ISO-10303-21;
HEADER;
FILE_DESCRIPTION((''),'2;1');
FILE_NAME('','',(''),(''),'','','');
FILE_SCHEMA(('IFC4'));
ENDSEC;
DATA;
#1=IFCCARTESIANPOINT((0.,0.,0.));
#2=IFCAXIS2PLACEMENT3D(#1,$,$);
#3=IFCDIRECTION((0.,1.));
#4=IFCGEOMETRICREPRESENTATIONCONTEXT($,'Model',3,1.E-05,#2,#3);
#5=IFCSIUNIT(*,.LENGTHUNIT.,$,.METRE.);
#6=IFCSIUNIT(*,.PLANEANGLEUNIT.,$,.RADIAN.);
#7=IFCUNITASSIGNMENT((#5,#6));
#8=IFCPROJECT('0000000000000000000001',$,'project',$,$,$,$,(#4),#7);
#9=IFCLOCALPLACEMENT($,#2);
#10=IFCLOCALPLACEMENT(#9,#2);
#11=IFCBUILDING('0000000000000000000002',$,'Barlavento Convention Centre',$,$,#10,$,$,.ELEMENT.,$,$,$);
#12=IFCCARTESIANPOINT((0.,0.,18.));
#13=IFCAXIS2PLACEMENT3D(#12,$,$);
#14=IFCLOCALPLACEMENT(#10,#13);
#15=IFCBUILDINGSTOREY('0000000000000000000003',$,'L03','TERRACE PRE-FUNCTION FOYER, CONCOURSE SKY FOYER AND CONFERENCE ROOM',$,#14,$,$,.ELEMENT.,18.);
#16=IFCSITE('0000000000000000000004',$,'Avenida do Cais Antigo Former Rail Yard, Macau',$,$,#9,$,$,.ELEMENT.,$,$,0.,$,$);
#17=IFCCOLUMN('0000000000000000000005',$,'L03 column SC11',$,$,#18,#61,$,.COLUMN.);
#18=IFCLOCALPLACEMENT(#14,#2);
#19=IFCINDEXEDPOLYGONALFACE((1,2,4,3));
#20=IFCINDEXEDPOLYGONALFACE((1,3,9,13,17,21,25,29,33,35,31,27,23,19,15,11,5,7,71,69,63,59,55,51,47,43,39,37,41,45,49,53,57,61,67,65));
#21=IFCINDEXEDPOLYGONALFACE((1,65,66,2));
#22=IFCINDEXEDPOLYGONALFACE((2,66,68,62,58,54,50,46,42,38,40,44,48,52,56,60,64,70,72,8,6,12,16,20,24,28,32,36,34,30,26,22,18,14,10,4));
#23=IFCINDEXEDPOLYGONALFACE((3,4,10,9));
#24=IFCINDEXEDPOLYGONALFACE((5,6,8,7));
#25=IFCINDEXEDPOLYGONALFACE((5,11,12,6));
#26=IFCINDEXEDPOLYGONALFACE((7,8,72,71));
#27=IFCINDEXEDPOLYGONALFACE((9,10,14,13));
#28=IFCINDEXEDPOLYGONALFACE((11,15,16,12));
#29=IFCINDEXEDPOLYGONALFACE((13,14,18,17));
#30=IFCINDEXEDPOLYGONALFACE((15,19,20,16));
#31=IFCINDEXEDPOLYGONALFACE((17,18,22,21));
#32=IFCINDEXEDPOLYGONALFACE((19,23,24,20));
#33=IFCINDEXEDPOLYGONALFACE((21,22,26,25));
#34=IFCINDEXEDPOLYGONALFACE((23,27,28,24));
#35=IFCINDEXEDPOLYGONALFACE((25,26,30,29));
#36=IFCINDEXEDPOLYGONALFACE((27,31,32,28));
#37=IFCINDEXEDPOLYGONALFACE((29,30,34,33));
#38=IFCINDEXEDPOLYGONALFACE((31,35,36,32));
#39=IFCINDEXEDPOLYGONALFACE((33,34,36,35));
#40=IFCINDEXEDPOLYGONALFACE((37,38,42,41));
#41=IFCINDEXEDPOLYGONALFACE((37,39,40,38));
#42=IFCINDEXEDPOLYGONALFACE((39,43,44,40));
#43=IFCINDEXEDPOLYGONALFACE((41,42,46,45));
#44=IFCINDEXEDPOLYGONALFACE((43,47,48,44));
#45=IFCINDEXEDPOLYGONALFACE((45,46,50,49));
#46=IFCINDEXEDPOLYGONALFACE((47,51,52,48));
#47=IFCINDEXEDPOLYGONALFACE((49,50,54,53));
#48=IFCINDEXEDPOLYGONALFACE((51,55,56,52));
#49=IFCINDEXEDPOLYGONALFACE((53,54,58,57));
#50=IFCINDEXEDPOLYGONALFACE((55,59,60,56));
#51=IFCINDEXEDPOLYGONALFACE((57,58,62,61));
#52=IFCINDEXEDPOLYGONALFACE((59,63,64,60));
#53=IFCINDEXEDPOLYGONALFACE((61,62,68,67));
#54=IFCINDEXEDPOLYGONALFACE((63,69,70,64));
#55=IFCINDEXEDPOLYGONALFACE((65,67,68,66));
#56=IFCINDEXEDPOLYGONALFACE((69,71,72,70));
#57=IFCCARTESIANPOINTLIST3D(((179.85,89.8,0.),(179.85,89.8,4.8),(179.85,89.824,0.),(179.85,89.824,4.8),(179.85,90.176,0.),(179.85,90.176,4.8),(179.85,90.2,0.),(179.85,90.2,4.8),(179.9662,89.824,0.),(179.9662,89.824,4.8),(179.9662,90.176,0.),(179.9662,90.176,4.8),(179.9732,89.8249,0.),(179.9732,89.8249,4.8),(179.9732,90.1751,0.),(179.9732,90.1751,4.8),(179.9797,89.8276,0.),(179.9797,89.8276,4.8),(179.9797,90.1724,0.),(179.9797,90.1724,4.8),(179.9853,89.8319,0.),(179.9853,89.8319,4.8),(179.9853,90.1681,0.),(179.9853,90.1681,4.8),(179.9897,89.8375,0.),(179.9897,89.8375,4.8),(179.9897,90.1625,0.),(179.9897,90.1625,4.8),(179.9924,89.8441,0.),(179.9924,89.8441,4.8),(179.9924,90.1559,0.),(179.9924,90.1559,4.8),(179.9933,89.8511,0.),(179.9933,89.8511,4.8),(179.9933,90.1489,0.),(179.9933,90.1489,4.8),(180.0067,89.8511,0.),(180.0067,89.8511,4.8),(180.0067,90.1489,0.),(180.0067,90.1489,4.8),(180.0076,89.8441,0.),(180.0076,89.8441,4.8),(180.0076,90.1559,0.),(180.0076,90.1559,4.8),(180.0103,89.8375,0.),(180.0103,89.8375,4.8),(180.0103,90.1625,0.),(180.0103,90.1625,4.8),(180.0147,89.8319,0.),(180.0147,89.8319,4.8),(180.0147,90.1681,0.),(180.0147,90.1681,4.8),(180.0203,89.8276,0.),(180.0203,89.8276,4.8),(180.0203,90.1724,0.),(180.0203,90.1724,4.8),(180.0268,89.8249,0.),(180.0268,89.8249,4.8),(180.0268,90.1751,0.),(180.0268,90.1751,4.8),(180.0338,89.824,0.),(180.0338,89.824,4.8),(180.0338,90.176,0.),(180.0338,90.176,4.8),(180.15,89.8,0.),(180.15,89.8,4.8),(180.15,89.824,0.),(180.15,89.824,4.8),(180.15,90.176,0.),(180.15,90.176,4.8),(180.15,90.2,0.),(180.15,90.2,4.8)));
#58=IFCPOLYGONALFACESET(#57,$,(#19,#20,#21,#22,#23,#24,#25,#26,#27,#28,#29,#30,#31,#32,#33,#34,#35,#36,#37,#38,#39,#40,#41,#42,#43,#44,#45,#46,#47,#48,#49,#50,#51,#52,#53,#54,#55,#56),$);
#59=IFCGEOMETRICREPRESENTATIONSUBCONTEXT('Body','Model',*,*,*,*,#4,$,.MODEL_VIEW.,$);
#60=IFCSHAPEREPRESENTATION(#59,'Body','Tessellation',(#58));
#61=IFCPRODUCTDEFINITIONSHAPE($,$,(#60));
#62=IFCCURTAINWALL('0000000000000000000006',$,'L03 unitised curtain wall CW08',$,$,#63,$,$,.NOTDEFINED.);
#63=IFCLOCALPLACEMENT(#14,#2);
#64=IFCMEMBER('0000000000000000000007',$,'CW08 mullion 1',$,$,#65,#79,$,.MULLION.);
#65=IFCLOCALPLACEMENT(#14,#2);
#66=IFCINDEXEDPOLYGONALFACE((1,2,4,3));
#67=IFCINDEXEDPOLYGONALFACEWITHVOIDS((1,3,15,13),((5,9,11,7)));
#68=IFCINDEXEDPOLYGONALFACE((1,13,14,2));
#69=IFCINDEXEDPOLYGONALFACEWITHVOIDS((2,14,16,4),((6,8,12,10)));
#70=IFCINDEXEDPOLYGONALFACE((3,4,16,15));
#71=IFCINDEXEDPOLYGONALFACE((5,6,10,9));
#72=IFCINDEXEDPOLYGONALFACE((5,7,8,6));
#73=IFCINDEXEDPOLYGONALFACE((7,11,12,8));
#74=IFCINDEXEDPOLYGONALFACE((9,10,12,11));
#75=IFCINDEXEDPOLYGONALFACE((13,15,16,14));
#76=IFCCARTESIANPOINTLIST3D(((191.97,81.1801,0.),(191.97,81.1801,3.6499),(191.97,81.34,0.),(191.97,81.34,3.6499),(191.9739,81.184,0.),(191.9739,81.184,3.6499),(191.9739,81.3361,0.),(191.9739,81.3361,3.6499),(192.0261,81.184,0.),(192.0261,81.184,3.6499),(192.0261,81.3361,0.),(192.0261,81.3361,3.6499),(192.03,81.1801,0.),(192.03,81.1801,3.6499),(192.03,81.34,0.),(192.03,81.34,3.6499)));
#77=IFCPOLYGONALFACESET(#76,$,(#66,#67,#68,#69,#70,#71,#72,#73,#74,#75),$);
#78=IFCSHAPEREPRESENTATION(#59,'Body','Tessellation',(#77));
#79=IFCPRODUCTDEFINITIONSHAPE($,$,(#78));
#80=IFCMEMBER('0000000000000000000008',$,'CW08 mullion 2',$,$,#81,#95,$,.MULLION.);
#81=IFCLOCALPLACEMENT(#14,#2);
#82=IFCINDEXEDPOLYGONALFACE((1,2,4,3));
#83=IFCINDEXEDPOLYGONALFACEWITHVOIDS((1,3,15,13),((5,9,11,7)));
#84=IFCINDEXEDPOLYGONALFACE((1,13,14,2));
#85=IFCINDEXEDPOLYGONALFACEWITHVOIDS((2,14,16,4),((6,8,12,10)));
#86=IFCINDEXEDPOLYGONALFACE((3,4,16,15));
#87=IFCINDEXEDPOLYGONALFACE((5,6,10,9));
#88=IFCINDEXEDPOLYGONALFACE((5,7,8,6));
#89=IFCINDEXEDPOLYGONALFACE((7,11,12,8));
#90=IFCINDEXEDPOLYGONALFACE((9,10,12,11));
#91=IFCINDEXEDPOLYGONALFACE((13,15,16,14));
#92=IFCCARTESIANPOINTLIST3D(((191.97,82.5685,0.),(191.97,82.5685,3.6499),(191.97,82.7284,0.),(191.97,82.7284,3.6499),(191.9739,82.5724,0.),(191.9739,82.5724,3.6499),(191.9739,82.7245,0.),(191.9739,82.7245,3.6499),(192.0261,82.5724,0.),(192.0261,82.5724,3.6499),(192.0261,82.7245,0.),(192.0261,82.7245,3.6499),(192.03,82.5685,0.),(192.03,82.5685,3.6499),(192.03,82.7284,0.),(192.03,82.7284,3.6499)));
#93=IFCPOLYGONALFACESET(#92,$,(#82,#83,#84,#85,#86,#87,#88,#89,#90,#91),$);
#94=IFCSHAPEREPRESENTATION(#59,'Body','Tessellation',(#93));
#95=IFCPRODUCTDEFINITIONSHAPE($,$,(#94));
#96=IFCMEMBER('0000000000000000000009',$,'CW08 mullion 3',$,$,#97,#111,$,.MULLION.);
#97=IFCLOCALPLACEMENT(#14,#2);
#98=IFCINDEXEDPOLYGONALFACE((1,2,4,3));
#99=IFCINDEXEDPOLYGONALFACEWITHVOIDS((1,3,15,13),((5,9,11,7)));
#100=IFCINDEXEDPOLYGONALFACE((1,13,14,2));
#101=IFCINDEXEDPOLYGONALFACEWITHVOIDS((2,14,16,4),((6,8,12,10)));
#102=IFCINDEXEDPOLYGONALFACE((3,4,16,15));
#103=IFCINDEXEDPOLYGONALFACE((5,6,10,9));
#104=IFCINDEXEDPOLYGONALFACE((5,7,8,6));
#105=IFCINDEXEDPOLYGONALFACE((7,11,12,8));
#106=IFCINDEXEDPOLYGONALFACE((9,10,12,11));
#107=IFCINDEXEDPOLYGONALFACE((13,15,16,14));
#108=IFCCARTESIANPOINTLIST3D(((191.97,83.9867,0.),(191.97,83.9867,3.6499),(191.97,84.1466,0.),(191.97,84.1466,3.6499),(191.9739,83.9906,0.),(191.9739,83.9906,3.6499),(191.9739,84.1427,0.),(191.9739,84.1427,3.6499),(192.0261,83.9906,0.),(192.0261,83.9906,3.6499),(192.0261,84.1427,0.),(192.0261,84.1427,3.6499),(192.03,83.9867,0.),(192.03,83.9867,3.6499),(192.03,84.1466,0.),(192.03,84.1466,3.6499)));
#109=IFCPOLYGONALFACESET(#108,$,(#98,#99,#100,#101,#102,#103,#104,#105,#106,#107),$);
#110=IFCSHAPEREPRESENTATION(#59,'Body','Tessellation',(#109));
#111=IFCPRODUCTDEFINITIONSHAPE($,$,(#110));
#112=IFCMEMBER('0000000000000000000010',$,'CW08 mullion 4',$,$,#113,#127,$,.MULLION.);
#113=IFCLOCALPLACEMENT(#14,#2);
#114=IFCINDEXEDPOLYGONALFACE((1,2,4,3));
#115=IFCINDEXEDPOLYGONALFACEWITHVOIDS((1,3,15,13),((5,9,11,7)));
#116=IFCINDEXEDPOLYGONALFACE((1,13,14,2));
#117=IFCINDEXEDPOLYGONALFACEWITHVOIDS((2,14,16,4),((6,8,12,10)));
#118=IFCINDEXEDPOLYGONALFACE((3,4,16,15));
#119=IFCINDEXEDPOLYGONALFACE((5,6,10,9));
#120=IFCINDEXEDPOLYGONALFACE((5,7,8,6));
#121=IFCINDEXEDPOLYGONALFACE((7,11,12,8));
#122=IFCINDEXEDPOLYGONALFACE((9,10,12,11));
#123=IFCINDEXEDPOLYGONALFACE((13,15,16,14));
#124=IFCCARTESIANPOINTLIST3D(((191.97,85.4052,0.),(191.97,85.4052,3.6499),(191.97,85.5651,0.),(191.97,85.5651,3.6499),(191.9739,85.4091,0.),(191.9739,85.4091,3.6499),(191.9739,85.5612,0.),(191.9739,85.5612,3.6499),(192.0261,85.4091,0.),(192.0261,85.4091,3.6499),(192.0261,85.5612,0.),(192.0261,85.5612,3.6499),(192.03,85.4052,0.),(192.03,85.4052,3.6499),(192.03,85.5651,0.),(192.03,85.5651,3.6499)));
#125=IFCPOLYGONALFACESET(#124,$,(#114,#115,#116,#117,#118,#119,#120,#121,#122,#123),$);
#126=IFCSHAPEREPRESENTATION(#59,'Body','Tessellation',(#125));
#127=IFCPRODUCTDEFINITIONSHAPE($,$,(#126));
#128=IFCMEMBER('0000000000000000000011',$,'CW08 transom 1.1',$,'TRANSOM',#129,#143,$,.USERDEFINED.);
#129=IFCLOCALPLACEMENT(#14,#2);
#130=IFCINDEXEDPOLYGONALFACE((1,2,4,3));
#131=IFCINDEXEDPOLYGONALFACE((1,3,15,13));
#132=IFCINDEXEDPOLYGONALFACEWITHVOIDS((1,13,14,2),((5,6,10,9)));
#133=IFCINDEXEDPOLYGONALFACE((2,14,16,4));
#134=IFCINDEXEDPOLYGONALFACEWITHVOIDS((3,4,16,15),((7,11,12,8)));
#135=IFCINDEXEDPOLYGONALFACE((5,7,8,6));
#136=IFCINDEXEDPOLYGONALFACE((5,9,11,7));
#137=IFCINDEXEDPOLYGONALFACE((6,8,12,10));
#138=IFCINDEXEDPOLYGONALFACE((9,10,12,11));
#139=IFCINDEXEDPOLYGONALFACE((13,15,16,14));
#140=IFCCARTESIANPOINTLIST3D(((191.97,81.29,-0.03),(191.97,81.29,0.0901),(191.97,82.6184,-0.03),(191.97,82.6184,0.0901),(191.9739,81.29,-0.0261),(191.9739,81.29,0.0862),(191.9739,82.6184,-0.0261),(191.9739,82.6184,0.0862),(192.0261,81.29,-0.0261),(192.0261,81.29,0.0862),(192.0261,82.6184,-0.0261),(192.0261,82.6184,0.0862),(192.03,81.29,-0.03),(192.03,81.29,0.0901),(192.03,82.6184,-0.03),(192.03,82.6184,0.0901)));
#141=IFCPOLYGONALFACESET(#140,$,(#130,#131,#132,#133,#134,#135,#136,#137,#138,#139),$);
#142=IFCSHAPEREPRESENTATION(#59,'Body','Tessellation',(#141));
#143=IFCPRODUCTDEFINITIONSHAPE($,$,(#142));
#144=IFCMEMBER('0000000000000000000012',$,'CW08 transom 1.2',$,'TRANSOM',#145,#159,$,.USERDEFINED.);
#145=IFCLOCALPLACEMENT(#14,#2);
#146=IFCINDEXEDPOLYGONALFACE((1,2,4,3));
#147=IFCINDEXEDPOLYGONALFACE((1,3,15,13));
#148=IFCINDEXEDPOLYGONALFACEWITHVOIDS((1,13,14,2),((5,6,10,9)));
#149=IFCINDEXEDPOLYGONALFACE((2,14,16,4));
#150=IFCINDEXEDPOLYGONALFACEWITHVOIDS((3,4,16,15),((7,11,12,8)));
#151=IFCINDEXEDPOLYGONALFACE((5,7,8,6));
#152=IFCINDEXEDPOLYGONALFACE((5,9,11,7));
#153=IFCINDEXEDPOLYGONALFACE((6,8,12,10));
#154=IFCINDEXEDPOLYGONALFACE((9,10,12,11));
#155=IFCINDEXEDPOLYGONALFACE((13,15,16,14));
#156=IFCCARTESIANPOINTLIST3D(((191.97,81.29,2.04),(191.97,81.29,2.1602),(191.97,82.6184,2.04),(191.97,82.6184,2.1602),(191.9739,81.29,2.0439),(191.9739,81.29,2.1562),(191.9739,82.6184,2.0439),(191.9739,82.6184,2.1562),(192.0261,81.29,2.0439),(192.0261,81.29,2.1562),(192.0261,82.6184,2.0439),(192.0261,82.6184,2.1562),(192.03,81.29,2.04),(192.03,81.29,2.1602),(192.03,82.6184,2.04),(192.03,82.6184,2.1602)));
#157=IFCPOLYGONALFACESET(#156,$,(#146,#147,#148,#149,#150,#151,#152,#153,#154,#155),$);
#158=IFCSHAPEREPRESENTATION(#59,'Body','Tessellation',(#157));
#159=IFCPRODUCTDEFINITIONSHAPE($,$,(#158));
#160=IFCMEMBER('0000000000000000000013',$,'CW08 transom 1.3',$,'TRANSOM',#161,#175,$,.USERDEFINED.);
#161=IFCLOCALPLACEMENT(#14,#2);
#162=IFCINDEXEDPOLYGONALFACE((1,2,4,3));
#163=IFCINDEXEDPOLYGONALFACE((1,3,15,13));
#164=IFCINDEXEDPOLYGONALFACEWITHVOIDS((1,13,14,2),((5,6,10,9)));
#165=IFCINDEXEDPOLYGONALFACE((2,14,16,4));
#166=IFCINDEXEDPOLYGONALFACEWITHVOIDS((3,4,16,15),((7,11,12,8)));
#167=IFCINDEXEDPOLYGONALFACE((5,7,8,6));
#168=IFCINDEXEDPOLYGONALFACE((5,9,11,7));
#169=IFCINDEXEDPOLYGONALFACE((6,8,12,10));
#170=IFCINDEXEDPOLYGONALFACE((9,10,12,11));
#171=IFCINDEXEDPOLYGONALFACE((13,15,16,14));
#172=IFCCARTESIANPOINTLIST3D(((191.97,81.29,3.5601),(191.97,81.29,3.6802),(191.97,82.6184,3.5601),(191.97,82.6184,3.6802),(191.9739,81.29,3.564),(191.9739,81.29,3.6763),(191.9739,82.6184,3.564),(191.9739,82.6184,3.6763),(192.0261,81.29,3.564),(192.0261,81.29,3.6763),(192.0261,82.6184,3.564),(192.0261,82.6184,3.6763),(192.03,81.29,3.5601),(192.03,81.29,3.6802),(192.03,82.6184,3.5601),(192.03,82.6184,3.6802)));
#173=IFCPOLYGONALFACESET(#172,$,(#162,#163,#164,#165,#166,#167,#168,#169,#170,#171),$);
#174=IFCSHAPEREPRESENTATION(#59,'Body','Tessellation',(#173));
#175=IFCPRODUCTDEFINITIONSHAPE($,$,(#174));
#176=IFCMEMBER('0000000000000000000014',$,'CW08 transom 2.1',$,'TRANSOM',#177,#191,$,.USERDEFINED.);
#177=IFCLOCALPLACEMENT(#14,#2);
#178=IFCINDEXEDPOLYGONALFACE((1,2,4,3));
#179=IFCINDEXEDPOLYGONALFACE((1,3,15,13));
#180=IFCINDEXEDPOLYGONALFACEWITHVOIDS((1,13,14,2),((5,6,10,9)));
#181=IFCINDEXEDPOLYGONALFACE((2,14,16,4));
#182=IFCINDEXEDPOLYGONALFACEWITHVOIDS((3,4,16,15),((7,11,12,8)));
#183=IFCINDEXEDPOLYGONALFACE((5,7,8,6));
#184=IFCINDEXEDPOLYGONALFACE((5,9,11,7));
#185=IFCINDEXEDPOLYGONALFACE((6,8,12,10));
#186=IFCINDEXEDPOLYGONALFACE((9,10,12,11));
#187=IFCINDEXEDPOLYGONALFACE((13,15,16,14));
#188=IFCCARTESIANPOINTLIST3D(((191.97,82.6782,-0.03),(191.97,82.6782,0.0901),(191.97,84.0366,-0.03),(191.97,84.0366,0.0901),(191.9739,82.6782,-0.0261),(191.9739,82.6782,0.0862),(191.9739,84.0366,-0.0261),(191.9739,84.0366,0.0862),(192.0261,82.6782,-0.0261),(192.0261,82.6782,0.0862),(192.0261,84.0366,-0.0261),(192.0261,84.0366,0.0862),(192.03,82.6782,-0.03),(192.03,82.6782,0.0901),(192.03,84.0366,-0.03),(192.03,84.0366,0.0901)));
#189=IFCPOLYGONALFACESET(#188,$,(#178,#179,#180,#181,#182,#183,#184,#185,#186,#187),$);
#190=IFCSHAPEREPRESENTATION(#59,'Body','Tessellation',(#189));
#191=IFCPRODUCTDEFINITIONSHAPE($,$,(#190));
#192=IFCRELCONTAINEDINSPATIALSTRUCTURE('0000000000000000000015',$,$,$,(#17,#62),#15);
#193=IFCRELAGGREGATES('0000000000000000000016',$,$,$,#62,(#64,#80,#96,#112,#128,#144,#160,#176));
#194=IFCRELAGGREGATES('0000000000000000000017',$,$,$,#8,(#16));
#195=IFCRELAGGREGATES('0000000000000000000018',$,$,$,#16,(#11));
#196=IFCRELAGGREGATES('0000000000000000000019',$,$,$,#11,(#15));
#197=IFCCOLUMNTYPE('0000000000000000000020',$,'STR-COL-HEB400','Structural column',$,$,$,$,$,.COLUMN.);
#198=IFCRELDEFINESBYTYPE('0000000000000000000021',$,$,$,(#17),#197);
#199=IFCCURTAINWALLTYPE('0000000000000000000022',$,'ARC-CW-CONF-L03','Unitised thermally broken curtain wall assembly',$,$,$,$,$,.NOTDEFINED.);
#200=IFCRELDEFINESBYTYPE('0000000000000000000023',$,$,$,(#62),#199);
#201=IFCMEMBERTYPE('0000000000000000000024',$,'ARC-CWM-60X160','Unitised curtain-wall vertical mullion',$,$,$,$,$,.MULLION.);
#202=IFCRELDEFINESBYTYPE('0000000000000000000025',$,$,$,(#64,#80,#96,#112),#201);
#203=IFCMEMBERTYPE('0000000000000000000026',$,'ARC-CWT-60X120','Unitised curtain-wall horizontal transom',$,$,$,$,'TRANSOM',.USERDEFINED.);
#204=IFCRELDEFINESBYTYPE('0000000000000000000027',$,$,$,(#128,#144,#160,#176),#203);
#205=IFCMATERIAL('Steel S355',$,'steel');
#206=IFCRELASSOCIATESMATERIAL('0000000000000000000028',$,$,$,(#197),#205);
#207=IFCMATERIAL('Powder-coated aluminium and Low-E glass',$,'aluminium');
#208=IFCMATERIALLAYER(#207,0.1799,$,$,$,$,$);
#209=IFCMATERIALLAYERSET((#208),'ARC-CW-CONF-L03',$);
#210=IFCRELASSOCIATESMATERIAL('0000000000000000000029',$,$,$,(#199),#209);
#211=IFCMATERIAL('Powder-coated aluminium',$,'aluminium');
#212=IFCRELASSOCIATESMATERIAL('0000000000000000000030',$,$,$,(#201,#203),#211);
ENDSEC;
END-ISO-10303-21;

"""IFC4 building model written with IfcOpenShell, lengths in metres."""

from ifc_helpers import new_model, si_unit, direction, frame, origin, origin_2d, place, context, subcontext, project, spatial, hollow_rectangle, i_section, extrude, material, layer, layer_set, material_profile, profile_set, type_object, element, aggregate, save


model = new_model("IFC4")

# Units and contexts
model_context = context("Model", 3, precision=1e-05, world=origin(), true_north=direction((0.0, 1.0)))
body_context = subcontext(model_context, "Body", "Model", "MODEL_VIEW")
ifc_project = project(units=[si_unit("LENGTHUNIT", "METRE"), si_unit("PLANEANGLEUNIT", "RADIAN")], contexts=[model_context])

# Site, building, storey
site_placement = place(None, origin())
site = spatial("IfcSite", under=ifc_project, at=site_placement, Name="Avenida do Cais Antigo Former Rail Yard, Macau", CompositionType="ELEMENT", RefElevation=0.0)
building_placement = place(site_placement, origin())
building = spatial("IfcBuilding", under=site, at=building_placement, Name="Barlavento Convention Centre", CompositionType="ELEMENT")
storey_placement = place(building_placement, frame((0.0, 0.0, 18.0)))
storey = spatial("IfcBuildingStorey", under=building, at=storey_placement, Name="L03", Description="TERRACE PRE-FUNCTION FOYER, CONCOURSE SKY FOYER AND CONFERENCE ROOM", CompositionType="ELEMENT", Elevation=18.0)

# Column
ifc_material_1 = material(Name="Steel S355", Category="steel")
ifc_material_profile_1 = material_profile(ifc_material_1, i_section(OverallWidth=0.3, OverallDepth=0.3999, WebThickness=0.0134, FlangeThickness=0.0239, FilletRadius=0.0271, at=origin_2d()), Name="HEB 400")
ifc_profile_set_1 = profile_set([ifc_material_profile_1], Name="Steel S355")
column_type = type_object("IfcColumnType", Name="STR-COL-HEB400", Description="Structural column", PredefinedType="COLUMN", material=ifc_profile_set_1)
column_placement = place(storey_placement, frame((180.0, 90.0, 0.0), z_axis=(0.0, 0.0, 1.0), x_axis=(1.0, 0.0, 0.0)))
element("IfcColumn", 1, at=column_placement, inside=storey, type_object=column_type, Name="L03 column SC11", PredefinedType="COLUMN", context=body_context, shape_type="SweptSolid", body=[
    extrude(i_section(OverallWidth=0.3, OverallDepth=0.3999, WebThickness=0.0134, FlangeThickness=0.0239, FilletRadius=0.0271, at=origin_2d()), origin(), (0.0, 0.0, 1.0), 4.8),
])

# Curtain wall, members
ifc_material_2 = material(Name="Powder-coated aluminium and Low-E glass", Category="aluminium")
ifc_layer_1 = layer(ifc_material_2, 0.1799)
ifc_layer_set_1 = layer_set([ifc_layer_1], Name="ARC-CW-CONF-L03")
curtain_wall_type = type_object("IfcCurtainWallType", Name="ARC-CW-CONF-L03", Description="Unitised thermally broken curtain wall assembly", PredefinedType="NOTDEFINED", material=ifc_layer_set_1)
curtain_wall_placement = place(storey_placement, origin())
curtain_wall = element("IfcCurtainWall", 2, at=curtain_wall_placement, inside=storey, type_object=curtain_wall_type, Name="L03 unitised curtain wall CW08", PredefinedType="NOTDEFINED")
ifc_material_3 = material(Name="Powder-coated aluminium", Category="aluminium")
ifc_material_profile_2 = material_profile(ifc_material_3, hollow_rectangle(XDim=0.0601, YDim=0.1599, WallThickness=0.0039, at=origin_2d()), Name="AL-MULL 60x160x4")
ifc_profile_set_2 = profile_set([ifc_material_profile_2], Name="Powder-coated aluminium")
member_type_1 = type_object("IfcMemberType", Name="ARC-CWM-60X160", Description="Unitised curtain-wall vertical mullion", PredefinedType="MULLION", material=ifc_profile_set_2)
member_1_placement = place(storey_placement, frame((192.0, 81.26, 0.0), z_axis=(0.0, 0.0, 1.0), x_axis=(-1.0, 0.0, 0.0)))
member_1 = element("IfcMember", 3, at=member_1_placement, type_object=member_type_1, Name="CW08 mullion 1", PredefinedType="MULLION", context=body_context, shape_type="SweptSolid", body=[
    extrude(hollow_rectangle(XDim=0.0601, YDim=0.1599, WallThickness=0.0039, at=origin_2d()), origin(), (0.0, 0.0, 1.0), 3.6499),
])
member_2_placement = place(storey_placement, frame((192.0, 82.6484, 0.0), z_axis=(0.0, 0.0, 1.0), x_axis=(-1.0, 0.0, 0.0)))
member_2 = element("IfcMember", 4, at=member_2_placement, type_object=member_type_1, Name="CW08 mullion 2", PredefinedType="MULLION", context=body_context, shape_type="SweptSolid", body=[
    extrude(hollow_rectangle(XDim=0.0601, YDim=0.1599, WallThickness=0.0039, at=origin_2d()), origin(), (0.0, 0.0, 1.0), 3.6499),
])
member_3_placement = place(storey_placement, frame((192.0, 84.0667, 0.0), z_axis=(0.0, 0.0, 1.0), x_axis=(-1.0, 0.0, 0.0)))
member_3 = element("IfcMember", 5, at=member_3_placement, type_object=member_type_1, Name="CW08 mullion 3", PredefinedType="MULLION", context=body_context, shape_type="SweptSolid", body=[
    extrude(hollow_rectangle(XDim=0.0601, YDim=0.1599, WallThickness=0.0039, at=origin_2d()), origin(), (0.0, 0.0, 1.0), 3.6499),
])
member_4_placement = place(storey_placement, frame((192.0, 85.4851, 0.0), z_axis=(0.0, 0.0, 1.0), x_axis=(-1.0, 0.0, 0.0)))
member_4 = element("IfcMember", 6, at=member_4_placement, type_object=member_type_1, Name="CW08 mullion 4", PredefinedType="MULLION", context=body_context, shape_type="SweptSolid", body=[
    extrude(hollow_rectangle(XDim=0.0601, YDim=0.1599, WallThickness=0.0039, at=origin_2d()), origin(), (0.0, 0.0, 1.0), 3.6499),
])
ifc_material_profile_3 = material_profile(ifc_material_3, hollow_rectangle(XDim=0.0601, YDim=0.1201, WallThickness=0.0039, at=origin_2d()), Name="AL-TRAN 60x120x4")
ifc_profile_set_3 = profile_set([ifc_material_profile_3], Name="Powder-coated aluminium")
member_type_2 = type_object("IfcMemberType", Name="ARC-CWT-60X120", Description="Unitised curtain-wall horizontal transom", ElementType="TRANSOM", PredefinedType="USERDEFINED", material=ifc_profile_set_3)
member_5_placement = place(storey_placement, frame((192.0, 81.29, 0.03), z_axis=(0.0, 1.0, 0.0), x_axis=(-1.0, 0.0, 0.0)))
member_5 = element("IfcMember", 7, at=member_5_placement, type_object=member_type_2, Name="CW08 transom 1.1", ObjectType="TRANSOM", PredefinedType="USERDEFINED", context=body_context, shape_type="SweptSolid", body=[
    extrude(hollow_rectangle(XDim=0.0601, YDim=0.1201, WallThickness=0.0039, at=origin_2d()), origin(), (0.0, 0.0, 1.0), 1.3284),
])
member_6_placement = place(storey_placement, frame((192.0, 81.29, 2.1001), z_axis=(0.0, 1.0, 0.0), x_axis=(-1.0, 0.0, 0.0)))
member_6 = element("IfcMember", 8, at=member_6_placement, type_object=member_type_2, Name="CW08 transom 1.2", ObjectType="TRANSOM", PredefinedType="USERDEFINED", context=body_context, shape_type="SweptSolid", body=[
    extrude(hollow_rectangle(XDim=0.0601, YDim=0.1201, WallThickness=0.0039, at=origin_2d()), origin(), (0.0, 0.0, 1.0), 1.3284),
])
member_7_placement = place(storey_placement, frame((192.0, 81.29, 3.6201), z_axis=(0.0, 1.0, 0.0), x_axis=(-1.0, 0.0, 0.0)))
member_7 = element("IfcMember", 9, at=member_7_placement, type_object=member_type_2, Name="CW08 transom 1.3", ObjectType="TRANSOM", PredefinedType="USERDEFINED", context=body_context, shape_type="SweptSolid", body=[
    extrude(hollow_rectangle(XDim=0.0601, YDim=0.1201, WallThickness=0.0039, at=origin_2d()), origin(), (0.0, 0.0, 1.0), 1.3284),
])
member_8_placement = place(storey_placement, frame((192.0, 82.6782, 0.03), z_axis=(0.0, 1.0, 0.0), x_axis=(-1.0, 0.0, 0.0)))
member_8 = element("IfcMember", 10, at=member_8_placement, type_object=member_type_2, Name="CW08 transom 2.1", ObjectType="TRANSOM", PredefinedType="USERDEFINED", context=body_context, shape_type="SweptSolid", body=[
    extrude(hollow_rectangle(XDim=0.0601, YDim=0.1201, WallThickness=0.0039, at=origin_2d()), origin(), (0.0, 0.0, 1.0), 1.3584),
])

aggregate(curtain_wall, [member_1, member_2, member_3, member_4, member_5, member_6, member_7, member_8])

save(model, "model.ifc")
